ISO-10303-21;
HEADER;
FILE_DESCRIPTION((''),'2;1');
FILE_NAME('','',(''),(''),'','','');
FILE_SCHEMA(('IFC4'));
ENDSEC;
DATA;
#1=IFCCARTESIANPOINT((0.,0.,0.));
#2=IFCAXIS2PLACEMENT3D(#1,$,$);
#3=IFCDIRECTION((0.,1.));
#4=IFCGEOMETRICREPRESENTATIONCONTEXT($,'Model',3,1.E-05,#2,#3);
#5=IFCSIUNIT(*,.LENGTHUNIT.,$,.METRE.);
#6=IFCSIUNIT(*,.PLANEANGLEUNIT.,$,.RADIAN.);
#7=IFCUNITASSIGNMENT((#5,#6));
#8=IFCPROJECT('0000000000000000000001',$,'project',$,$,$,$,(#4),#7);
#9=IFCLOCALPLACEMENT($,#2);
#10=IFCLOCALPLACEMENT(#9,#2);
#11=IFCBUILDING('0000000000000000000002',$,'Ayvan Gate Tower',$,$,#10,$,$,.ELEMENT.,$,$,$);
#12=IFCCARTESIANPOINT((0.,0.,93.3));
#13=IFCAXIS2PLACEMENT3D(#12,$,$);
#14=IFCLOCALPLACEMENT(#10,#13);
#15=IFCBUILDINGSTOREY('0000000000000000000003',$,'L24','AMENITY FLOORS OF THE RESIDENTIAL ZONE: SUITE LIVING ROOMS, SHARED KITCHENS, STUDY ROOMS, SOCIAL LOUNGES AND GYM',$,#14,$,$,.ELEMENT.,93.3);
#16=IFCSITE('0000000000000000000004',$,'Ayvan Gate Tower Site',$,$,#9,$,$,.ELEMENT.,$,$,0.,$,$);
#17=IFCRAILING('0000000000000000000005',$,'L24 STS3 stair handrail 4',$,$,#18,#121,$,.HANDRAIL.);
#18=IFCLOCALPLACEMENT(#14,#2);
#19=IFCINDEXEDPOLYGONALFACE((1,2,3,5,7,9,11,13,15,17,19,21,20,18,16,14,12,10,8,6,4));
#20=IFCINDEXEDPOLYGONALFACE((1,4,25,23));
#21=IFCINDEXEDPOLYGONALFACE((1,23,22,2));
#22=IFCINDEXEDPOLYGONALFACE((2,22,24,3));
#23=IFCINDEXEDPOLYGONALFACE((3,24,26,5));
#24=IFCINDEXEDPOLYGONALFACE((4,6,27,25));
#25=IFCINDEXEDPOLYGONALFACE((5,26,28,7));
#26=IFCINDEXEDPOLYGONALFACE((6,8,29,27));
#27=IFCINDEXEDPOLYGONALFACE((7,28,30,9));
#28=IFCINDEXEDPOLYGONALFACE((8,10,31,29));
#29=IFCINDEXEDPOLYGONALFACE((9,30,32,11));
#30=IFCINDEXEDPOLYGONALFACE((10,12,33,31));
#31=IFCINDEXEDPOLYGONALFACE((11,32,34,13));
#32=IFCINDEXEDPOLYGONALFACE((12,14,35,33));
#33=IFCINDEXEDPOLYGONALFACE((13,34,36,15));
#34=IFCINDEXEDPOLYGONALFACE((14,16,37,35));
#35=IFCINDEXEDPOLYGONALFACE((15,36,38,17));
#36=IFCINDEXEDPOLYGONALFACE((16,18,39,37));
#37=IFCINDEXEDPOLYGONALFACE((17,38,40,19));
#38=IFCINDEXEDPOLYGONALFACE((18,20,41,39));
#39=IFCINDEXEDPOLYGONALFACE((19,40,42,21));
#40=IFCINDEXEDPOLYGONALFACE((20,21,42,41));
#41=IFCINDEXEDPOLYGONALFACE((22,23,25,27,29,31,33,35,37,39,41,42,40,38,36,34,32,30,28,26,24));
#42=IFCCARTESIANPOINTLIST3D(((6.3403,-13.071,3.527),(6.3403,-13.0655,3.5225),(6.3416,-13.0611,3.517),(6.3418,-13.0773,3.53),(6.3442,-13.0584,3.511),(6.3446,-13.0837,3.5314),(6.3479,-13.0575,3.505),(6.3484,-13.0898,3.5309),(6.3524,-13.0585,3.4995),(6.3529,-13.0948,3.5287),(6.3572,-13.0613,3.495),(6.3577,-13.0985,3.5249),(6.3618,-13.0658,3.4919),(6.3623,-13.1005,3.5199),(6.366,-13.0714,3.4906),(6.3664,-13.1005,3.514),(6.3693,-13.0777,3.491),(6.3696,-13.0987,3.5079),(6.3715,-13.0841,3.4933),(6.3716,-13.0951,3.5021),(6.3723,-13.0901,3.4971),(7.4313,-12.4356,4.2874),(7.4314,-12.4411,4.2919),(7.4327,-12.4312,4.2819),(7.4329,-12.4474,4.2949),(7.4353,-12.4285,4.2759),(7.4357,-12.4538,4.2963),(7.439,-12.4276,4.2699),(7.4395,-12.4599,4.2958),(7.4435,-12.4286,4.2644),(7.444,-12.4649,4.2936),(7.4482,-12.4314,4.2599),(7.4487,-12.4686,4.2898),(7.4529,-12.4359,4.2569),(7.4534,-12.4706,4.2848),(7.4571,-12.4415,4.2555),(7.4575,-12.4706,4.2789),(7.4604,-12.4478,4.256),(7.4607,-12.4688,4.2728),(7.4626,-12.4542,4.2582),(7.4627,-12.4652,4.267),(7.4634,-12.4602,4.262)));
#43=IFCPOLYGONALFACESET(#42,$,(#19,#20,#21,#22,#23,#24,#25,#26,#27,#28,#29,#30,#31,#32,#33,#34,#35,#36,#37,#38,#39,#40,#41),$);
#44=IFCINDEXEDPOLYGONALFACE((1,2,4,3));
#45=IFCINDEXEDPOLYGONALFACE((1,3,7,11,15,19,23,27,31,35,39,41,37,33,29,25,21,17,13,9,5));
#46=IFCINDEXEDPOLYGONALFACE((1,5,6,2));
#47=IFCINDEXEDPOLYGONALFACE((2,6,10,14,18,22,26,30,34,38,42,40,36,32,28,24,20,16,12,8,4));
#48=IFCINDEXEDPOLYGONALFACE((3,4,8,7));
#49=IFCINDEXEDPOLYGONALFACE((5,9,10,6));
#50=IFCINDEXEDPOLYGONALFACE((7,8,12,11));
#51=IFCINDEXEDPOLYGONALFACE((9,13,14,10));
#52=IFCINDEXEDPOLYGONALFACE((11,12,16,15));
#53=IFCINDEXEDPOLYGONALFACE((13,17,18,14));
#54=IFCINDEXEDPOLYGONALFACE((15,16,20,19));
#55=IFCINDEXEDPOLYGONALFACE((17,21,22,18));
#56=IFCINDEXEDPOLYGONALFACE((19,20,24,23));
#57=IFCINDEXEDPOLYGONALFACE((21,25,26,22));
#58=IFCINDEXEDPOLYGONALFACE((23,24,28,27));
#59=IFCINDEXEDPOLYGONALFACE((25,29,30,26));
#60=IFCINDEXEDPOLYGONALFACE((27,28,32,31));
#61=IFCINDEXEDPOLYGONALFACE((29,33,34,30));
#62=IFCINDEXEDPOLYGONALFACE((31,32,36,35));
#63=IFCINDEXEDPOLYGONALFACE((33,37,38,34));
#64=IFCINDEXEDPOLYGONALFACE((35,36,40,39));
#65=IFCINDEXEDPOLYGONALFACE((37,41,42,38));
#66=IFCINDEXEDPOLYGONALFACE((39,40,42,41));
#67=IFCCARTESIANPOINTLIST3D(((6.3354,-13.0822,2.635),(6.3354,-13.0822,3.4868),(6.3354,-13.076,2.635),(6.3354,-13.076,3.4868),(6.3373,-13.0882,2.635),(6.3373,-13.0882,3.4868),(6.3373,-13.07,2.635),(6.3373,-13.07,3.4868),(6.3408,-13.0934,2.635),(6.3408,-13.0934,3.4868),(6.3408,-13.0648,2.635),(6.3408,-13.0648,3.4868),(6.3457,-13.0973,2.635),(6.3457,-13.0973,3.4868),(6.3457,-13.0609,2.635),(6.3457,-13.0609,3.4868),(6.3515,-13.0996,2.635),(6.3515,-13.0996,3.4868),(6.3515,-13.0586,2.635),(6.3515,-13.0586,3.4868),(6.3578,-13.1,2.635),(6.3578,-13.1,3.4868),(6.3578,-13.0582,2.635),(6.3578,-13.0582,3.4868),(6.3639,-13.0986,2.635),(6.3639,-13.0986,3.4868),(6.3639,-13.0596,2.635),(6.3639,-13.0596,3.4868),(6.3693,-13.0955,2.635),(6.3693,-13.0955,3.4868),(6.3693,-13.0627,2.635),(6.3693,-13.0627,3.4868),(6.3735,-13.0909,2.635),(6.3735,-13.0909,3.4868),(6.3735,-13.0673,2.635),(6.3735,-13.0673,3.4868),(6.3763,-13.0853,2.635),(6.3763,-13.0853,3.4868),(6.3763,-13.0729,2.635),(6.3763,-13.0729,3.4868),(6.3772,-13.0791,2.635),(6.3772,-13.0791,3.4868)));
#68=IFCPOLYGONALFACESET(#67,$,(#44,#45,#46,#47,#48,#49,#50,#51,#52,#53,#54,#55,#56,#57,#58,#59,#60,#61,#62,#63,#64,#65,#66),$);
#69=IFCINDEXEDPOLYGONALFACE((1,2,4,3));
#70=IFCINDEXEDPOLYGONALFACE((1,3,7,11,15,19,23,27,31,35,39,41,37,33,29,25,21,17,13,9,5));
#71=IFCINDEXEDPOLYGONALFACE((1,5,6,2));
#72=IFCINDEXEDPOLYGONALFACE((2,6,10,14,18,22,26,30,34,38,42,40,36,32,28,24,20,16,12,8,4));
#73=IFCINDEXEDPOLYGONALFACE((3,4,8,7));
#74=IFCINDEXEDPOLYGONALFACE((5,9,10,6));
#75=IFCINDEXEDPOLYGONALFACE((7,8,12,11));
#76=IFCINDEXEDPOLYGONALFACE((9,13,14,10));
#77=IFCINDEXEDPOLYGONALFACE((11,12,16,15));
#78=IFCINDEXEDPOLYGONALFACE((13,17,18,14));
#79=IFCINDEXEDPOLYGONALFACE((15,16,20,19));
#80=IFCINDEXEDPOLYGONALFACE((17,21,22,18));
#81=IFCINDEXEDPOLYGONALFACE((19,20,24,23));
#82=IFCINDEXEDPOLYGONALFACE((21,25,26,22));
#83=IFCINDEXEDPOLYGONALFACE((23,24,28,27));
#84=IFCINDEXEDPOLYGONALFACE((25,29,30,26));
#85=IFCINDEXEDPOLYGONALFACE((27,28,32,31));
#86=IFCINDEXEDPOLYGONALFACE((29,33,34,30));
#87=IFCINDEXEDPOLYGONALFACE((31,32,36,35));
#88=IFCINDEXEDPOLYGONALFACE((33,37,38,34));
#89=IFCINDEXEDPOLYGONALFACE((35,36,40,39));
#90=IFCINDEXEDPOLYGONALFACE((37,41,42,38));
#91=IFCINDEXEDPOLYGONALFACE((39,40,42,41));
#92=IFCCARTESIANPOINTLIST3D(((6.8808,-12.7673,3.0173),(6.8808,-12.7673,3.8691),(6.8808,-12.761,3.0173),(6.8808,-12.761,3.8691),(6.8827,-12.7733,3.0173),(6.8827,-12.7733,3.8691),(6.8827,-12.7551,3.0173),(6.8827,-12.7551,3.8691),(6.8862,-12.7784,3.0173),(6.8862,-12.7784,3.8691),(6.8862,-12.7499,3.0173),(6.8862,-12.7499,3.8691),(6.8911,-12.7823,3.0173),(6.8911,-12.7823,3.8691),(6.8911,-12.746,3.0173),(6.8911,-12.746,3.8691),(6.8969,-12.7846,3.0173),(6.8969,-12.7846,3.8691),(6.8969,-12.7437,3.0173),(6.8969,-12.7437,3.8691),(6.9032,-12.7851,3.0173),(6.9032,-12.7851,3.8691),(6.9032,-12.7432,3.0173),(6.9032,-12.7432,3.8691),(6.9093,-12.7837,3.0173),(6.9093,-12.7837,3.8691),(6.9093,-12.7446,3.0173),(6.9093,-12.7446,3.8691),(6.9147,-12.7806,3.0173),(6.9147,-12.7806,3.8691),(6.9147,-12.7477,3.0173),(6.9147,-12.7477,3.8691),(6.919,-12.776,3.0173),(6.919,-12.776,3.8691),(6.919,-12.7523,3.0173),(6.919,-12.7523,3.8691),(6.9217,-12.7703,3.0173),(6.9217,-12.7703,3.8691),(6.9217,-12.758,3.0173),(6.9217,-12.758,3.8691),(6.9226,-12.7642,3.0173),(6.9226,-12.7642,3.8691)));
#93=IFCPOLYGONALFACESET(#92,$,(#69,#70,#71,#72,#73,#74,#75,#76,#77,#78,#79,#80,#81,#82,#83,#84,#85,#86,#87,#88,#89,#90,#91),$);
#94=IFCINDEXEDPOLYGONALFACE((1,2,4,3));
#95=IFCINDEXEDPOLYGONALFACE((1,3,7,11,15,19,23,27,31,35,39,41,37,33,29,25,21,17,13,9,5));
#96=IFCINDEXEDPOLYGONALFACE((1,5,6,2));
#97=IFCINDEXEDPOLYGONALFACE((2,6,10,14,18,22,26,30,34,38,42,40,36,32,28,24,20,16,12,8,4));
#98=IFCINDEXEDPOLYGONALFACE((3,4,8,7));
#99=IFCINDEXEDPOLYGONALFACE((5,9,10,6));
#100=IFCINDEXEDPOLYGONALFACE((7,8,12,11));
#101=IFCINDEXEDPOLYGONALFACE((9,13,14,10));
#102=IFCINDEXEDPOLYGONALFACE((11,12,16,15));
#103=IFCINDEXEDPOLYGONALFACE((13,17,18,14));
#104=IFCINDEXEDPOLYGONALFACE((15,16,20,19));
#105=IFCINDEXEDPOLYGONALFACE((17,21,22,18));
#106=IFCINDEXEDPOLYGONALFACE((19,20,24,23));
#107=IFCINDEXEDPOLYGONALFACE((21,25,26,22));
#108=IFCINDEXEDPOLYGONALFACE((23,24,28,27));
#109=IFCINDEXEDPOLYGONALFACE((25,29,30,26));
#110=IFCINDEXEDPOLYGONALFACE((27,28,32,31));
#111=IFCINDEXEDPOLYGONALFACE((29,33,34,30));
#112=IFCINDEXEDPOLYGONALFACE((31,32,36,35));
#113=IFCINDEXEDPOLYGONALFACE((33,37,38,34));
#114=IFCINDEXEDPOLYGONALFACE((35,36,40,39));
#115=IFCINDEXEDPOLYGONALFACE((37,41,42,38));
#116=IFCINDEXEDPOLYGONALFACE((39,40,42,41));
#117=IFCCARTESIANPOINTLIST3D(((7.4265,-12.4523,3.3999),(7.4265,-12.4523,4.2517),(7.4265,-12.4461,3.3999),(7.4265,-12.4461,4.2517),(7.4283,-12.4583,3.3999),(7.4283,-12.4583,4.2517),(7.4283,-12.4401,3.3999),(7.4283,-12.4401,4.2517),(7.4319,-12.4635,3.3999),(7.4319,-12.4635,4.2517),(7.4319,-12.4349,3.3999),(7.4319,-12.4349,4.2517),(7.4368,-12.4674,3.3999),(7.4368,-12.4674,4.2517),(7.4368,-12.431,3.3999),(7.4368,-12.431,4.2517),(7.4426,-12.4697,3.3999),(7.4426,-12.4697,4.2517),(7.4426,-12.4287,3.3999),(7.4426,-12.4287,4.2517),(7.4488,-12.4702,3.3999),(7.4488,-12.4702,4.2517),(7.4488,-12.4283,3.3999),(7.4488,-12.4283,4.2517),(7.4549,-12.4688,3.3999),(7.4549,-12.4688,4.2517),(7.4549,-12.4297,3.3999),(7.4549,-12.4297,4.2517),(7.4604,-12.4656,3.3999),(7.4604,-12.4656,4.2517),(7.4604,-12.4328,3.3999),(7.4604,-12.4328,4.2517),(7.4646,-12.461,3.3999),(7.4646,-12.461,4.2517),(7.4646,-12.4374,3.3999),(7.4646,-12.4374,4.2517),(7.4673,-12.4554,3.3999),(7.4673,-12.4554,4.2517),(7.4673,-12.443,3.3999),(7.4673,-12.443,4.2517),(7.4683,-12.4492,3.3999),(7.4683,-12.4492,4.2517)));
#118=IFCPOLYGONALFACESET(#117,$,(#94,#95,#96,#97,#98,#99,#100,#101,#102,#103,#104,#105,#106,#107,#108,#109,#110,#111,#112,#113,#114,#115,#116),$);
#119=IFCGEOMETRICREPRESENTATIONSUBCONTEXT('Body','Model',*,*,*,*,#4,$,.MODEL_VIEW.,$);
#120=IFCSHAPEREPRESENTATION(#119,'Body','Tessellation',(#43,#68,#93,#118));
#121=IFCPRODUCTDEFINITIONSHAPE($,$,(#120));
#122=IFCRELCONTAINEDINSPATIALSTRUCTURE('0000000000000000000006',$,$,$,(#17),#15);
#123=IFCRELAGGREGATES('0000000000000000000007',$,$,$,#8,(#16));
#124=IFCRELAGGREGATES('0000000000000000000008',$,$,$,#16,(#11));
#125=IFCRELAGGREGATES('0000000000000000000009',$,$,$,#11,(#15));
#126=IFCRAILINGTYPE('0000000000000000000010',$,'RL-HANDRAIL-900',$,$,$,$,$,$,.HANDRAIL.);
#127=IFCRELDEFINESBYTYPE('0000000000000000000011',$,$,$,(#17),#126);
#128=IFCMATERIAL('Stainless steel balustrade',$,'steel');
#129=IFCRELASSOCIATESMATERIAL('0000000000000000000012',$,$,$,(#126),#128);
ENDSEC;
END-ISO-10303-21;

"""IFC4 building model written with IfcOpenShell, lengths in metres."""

from ifc_helpers import new_model, si_unit, direction, frame, origin, origin_2d, place, context, subcontext, project, spatial, circle, extrude, material, type_object, element, save


model = new_model("IFC4")

# Units and contexts
model_context = context("Model", 3, precision=1e-05, world=origin(), true_north=direction((0.0, 1.0)))
body_context = subcontext(model_context, "Body", "Model", "MODEL_VIEW")
ifc_project = project(units=[si_unit("LENGTHUNIT", "METRE"), si_unit("PLANEANGLEUNIT", "RADIAN")], contexts=[model_context])

# Site, building, storey
site_placement = place(None, origin())
site = spatial("IfcSite", under=ifc_project, at=site_placement, Name="Ayvan Gate Tower Site", CompositionType="ELEMENT", RefElevation=0.0)
building_placement = place(site_placement, origin())
building = spatial("IfcBuilding", under=site, at=building_placement, Name="Ayvan Gate Tower", CompositionType="ELEMENT")
storey_placement = place(building_placement, frame((0.0, 0.0, 93.3)))
storey = spatial("IfcBuildingStorey", under=building, at=storey_placement, Name="L24", Description="AMENITY FLOORS OF THE RESIDENTIAL ZONE: SUITE LIVING ROOMS, SHARED KITCHENS, STUDY ROOMS, SOCIAL LOUNGES AND GYM", CompositionType="ELEMENT", Elevation=93.3)

# Railing
ifc_material_1 = material(Name="Stainless steel balustrade", Category="steel")
railing_type_1 = type_object("IfcRailingType", Name="RL-HANDRAIL-900", PredefinedType="HANDRAIL", material=ifc_material_1)
railing_1_placement = place(storey_placement, frame((6.3562, -13.0791, 2.635)))
element("IfcRailing", 1, at=railing_1_placement, inside=storey, type_object=railing_type_1, Name="L24 STS3 stair handrail 4", PredefinedType="HANDRAIL", context=body_context, shape_type="SweptSolid", body=[
    extrude(circle(Radius=0.0239, at=origin_2d()), frame((0.0, 0.0, 0.876), z_axis=(0.740282, 0.427372, 0.518976), x_axis=(-0.499974, 0.86604, 0.0)), (0.0, 0.0, 1.0), 1.4739),
    extrude(circle(Radius=0.021, at=origin_2d()), origin(), (0.0, 0.0, 1.0), 0.8518),
    extrude(circle(Radius=0.021, at=origin_2d()), frame((0.5454, 0.3149, 0.3823)), (0.0, 0.0, 1.0), 0.8518),
    extrude(circle(Radius=0.021, at=origin_2d()), frame((1.0911, 0.6299, 0.7649)), (0.0, 0.0, 1.0), 0.8518),
])

save(model, "model.ifc")
